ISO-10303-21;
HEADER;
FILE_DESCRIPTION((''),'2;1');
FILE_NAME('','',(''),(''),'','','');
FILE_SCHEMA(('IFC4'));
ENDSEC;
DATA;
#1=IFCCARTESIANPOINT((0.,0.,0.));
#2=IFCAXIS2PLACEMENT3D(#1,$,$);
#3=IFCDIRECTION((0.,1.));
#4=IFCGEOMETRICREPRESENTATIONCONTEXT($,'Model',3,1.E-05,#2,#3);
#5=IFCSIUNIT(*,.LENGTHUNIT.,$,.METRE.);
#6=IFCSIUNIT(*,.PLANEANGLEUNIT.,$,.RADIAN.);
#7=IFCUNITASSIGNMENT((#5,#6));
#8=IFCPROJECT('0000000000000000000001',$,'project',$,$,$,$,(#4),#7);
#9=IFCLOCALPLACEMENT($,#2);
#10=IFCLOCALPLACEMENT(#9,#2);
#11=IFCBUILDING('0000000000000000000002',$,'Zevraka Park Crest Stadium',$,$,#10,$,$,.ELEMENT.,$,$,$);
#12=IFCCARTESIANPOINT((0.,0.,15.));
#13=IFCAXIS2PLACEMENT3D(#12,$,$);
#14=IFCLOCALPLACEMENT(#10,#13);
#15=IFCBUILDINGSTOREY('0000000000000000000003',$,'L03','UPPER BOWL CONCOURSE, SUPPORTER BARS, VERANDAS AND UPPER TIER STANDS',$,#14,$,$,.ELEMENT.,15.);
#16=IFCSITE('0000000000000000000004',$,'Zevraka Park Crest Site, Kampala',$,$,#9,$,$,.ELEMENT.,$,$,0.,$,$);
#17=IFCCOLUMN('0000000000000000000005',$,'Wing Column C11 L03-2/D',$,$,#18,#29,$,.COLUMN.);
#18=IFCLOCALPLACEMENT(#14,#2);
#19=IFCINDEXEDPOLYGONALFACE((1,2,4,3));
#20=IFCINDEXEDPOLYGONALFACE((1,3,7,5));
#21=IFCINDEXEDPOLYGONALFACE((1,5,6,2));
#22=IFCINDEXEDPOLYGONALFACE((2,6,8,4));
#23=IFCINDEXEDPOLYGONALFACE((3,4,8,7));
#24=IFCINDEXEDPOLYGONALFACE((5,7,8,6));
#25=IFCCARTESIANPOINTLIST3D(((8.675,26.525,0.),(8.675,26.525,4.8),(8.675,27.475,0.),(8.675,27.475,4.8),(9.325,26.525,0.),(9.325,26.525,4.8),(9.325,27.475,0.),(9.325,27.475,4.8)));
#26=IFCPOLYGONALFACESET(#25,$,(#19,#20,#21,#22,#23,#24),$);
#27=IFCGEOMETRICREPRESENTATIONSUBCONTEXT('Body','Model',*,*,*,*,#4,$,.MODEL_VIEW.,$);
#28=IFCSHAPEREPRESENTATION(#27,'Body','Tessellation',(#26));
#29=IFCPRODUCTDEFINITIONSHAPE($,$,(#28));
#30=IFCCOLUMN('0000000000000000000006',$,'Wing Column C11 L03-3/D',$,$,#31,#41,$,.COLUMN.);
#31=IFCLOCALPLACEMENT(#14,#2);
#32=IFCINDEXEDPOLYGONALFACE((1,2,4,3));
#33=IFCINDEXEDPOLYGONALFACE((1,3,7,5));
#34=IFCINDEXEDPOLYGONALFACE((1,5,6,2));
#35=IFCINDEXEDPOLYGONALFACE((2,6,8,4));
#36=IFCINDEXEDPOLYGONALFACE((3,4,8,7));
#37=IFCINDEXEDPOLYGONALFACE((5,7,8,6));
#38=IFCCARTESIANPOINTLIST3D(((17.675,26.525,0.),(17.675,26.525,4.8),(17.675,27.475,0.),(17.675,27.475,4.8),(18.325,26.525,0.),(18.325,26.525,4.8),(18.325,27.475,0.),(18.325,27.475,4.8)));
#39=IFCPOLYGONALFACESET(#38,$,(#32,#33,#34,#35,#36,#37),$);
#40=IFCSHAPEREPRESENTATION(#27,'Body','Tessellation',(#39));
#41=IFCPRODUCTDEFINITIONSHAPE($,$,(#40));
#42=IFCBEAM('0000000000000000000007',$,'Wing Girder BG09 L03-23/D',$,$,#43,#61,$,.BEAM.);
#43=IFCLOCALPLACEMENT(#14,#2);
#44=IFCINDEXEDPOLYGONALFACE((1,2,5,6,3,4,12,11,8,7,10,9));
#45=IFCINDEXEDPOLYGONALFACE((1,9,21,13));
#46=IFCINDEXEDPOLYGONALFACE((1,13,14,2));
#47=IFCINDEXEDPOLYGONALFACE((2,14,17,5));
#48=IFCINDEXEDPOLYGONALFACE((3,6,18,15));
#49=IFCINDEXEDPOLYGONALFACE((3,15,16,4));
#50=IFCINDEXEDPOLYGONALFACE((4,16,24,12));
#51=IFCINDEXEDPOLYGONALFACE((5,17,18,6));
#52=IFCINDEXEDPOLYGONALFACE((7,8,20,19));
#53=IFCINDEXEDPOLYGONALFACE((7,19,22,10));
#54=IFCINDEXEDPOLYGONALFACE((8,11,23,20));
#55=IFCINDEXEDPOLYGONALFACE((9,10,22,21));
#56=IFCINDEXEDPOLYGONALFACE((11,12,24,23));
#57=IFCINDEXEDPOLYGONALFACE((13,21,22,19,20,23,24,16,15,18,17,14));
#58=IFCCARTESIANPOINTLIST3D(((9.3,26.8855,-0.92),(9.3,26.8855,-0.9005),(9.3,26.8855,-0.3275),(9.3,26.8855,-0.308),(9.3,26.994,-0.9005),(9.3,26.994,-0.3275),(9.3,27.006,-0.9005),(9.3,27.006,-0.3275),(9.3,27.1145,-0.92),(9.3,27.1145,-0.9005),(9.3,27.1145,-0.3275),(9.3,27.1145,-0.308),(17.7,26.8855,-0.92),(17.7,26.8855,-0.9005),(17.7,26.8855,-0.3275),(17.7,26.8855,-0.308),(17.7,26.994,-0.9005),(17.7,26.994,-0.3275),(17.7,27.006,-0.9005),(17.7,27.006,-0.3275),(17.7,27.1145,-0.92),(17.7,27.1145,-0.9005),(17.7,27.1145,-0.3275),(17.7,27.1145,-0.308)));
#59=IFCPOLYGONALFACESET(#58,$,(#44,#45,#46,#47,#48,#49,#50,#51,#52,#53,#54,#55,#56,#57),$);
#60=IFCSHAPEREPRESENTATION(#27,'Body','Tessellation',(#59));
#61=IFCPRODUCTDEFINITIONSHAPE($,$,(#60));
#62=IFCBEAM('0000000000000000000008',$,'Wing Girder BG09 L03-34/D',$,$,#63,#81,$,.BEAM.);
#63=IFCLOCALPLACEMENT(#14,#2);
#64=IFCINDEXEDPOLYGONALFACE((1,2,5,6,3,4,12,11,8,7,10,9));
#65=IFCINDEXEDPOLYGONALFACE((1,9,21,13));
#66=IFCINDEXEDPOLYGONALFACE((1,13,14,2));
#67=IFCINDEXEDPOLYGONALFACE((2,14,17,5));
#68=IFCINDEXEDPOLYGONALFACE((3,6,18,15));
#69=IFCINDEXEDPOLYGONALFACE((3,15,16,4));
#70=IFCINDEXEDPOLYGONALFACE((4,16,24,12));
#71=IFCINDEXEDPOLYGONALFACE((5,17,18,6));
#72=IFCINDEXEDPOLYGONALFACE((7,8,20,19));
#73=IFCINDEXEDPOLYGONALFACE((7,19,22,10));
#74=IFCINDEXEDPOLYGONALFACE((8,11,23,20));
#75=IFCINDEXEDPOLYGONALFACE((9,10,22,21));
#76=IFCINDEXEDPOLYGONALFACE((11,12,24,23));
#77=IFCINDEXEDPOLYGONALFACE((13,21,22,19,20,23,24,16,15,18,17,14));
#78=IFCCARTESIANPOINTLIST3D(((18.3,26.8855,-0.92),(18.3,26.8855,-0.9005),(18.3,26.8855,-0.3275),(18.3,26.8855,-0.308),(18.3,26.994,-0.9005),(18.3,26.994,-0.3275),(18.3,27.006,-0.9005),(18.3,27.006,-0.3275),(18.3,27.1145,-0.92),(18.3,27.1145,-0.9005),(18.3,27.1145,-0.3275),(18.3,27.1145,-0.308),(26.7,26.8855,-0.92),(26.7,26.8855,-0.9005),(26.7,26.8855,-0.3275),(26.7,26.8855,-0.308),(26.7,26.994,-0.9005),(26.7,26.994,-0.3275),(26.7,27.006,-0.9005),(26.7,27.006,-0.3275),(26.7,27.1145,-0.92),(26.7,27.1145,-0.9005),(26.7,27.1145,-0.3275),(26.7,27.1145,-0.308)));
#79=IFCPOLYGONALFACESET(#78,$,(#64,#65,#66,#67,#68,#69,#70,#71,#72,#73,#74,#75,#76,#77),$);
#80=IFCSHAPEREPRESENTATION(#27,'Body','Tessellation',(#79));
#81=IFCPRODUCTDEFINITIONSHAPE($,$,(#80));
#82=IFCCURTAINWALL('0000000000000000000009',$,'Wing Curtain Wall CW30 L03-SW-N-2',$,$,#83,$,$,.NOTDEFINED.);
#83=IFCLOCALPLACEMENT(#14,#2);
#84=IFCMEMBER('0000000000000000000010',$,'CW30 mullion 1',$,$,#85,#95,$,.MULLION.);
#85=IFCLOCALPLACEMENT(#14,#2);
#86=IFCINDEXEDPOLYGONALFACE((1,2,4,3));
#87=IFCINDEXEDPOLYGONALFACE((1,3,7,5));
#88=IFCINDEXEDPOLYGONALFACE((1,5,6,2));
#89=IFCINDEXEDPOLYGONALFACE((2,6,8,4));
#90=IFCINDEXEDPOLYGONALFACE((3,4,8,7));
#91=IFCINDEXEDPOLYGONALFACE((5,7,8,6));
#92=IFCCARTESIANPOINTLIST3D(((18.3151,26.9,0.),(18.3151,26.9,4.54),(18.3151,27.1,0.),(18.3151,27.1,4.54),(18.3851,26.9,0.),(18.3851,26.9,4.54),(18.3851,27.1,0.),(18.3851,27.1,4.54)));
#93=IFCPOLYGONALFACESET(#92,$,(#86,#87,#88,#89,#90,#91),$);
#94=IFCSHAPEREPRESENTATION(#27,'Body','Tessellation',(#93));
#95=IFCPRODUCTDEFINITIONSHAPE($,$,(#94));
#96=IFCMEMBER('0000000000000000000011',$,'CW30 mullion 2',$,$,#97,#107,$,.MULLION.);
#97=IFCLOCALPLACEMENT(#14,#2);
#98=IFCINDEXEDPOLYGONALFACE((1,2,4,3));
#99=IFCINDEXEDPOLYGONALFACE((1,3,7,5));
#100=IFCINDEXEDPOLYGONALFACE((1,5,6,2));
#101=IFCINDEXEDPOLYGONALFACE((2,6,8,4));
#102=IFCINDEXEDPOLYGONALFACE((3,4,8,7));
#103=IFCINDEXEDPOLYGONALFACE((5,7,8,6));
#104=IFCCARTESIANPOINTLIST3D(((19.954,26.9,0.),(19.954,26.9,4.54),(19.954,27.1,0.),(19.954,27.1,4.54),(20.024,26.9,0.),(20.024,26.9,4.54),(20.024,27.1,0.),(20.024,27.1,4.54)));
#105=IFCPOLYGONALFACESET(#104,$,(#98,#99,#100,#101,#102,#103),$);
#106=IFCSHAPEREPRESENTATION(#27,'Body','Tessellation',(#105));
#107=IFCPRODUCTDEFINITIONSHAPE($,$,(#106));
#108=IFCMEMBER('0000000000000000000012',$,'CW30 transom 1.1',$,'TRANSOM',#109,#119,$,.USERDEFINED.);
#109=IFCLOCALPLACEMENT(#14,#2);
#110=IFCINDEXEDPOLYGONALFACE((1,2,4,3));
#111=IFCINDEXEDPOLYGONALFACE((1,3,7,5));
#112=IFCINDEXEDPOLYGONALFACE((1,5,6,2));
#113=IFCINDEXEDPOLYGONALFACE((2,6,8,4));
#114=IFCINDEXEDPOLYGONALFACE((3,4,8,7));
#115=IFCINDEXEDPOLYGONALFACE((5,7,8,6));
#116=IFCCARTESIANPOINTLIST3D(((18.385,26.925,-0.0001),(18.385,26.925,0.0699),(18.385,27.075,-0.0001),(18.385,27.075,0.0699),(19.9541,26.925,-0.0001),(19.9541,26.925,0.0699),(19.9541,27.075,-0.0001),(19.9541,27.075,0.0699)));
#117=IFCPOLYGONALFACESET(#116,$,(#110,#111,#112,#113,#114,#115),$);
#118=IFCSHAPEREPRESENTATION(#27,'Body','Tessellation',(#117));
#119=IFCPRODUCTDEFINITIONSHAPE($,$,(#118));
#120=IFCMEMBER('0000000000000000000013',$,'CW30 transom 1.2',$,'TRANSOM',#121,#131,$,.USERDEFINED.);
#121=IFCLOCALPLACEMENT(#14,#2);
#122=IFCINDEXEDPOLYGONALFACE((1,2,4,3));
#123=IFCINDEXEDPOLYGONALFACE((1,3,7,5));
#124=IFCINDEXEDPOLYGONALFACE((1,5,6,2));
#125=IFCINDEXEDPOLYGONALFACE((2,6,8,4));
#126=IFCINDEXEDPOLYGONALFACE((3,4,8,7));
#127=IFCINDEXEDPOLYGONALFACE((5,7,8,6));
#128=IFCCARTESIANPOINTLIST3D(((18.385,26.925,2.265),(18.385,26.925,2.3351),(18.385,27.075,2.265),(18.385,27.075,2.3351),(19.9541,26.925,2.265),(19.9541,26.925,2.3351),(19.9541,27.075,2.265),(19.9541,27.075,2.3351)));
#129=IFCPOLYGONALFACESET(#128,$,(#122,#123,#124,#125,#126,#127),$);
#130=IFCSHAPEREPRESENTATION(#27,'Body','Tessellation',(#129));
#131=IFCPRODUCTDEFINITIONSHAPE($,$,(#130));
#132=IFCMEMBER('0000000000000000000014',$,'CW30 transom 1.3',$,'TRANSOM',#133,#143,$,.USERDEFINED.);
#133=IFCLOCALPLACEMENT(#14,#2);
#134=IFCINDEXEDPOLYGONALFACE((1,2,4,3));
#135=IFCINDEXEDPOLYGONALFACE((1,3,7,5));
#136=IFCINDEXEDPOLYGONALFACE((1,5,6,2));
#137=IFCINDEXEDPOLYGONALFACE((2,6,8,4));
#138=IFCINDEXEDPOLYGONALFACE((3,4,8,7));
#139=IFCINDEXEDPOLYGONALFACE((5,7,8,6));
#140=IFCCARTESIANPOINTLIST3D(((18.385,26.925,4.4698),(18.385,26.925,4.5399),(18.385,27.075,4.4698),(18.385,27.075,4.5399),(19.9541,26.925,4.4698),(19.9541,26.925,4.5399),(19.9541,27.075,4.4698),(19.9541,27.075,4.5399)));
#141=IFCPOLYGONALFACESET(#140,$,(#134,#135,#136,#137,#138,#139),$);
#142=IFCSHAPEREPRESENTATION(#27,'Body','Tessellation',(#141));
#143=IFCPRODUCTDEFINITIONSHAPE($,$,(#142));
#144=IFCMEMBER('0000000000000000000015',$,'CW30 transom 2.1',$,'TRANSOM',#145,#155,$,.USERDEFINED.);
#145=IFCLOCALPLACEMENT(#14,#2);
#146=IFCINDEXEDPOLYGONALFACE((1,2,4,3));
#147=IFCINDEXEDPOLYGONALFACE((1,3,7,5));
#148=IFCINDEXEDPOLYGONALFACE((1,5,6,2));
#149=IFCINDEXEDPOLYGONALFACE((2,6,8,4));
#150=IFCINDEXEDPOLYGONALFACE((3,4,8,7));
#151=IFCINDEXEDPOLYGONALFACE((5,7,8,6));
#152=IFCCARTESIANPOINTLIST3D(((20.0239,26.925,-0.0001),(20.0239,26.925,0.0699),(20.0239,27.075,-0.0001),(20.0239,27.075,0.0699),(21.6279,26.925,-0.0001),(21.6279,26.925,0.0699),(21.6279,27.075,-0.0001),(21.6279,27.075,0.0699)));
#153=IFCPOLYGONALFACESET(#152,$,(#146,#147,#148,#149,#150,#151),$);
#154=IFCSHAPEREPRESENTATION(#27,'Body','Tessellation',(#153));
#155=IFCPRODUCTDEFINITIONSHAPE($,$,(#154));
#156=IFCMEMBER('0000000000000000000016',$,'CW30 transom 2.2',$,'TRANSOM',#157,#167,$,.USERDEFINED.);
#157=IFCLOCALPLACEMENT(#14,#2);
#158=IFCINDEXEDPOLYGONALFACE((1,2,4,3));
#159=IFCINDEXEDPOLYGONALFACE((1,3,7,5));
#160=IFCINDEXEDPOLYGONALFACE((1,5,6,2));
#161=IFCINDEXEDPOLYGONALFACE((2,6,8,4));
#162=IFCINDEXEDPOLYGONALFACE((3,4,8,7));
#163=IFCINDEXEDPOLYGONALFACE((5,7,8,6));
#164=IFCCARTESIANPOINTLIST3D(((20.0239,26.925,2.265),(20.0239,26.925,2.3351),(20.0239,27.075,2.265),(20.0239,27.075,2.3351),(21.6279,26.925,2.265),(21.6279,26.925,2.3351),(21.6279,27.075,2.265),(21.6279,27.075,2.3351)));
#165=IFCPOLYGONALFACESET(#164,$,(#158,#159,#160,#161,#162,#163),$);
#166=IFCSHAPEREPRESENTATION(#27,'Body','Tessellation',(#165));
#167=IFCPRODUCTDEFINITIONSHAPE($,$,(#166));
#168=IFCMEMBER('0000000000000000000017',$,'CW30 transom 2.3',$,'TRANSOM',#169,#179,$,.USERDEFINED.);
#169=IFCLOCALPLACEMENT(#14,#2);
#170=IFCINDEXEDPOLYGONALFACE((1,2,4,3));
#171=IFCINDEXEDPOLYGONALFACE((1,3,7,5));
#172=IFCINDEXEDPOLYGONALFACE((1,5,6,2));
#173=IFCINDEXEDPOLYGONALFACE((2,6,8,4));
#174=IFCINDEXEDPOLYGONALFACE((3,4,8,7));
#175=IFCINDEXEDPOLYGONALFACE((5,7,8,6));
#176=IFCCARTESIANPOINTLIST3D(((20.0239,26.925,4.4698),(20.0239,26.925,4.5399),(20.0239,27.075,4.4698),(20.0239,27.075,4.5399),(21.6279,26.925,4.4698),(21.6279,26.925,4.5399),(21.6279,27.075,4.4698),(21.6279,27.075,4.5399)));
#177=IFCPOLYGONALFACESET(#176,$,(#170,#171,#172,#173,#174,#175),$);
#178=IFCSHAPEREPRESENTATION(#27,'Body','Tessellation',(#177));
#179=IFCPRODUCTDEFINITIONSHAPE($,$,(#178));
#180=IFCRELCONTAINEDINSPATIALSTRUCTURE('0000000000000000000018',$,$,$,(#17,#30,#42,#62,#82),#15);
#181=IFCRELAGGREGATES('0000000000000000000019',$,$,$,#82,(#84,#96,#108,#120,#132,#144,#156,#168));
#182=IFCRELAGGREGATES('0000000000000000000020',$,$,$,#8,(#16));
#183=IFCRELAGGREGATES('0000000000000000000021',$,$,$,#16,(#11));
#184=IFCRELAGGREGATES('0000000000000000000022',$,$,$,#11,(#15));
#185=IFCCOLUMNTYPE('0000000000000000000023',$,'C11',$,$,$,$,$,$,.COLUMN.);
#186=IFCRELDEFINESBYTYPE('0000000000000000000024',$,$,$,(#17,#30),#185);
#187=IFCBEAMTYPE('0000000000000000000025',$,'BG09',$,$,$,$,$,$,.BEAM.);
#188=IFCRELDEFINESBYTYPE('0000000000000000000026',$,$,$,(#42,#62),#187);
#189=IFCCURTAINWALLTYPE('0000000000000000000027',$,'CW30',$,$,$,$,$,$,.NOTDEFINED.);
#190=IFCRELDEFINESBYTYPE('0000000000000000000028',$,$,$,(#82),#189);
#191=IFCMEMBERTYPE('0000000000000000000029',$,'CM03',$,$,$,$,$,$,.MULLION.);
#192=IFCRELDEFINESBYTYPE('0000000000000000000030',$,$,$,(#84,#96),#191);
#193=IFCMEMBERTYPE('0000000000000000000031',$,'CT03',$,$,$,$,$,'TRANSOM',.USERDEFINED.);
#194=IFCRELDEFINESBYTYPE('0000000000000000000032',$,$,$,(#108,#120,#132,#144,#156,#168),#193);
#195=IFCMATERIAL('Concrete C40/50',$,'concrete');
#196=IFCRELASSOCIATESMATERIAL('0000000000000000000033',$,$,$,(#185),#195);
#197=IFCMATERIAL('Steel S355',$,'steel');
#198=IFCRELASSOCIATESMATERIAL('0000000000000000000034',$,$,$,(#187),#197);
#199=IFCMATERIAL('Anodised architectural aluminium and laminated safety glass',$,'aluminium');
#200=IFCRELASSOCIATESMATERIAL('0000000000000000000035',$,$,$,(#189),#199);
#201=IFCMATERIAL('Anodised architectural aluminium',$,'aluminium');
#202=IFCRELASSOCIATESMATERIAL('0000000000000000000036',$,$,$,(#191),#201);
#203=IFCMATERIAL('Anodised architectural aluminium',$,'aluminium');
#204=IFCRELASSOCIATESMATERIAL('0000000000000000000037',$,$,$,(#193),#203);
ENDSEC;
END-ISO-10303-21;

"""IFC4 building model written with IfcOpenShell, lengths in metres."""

from ifc_helpers import new_model, si_unit, direction, frame, origin, origin_2d, place, context, subcontext, project, spatial, rectangle, i_section, extrude, material, material_profile, profile_set, type_object, element, aggregate, save


model = new_model("IFC4")

# Units and contexts
model_context = context("Model", 3, precision=1e-05, world=origin(), true_north=direction((0.0, 1.0)))
body_context = subcontext(model_context, "Body", "Model", "MODEL_VIEW")
ifc_project = project(units=[si_unit("LENGTHUNIT", "METRE"), si_unit("PLANEANGLEUNIT", "RADIAN")], contexts=[model_context])

# Site, building, storey
site_placement = place(None, origin())
site = spatial("IfcSite", under=ifc_project, at=site_placement, Name="Zevraka Park Crest Site, Kampala", CompositionType="ELEMENT", RefElevation=0.0)
building_placement = place(site_placement, origin())
building = spatial("IfcBuilding", under=site, at=building_placement, Name="Zevraka Park Crest Stadium", CompositionType="ELEMENT")
storey_placement = place(building_placement, frame((0.0, 0.0, 15.0)))
storey = spatial("IfcBuildingStorey", under=building, at=storey_placement, Name="L03", Description="UPPER BOWL CONCOURSE, SUPPORTER BARS, VERANDAS AND UPPER TIER STANDS", CompositionType="ELEMENT", Elevation=15.0)

# Columns
ifc_material_1 = material(Name="Concrete C40/50", Category="concrete")
ifc_material_profile_1 = material_profile(ifc_material_1, rectangle(XDim=0.6499, YDim=0.95, at=origin_2d()), Name="RC 950x650")
ifc_profile_set_1 = profile_set([ifc_material_profile_1], Name="Concrete C40/50")
column_type = type_object("IfcColumnType", Name="C11", PredefinedType="COLUMN", material=ifc_profile_set_1)
for number, where, z_axis, x_axis, name in (
    (1, (9.0, 27.0, 0.0), (0.0, 0.0, 1.0), (1.0, 0.0, 0.0), "Wing Column C11 L03-2/D"),
    (2, (18.0, 27.0, 0.0), (0.0, 0.0, 1.0), (1.0, 0.0, 0.0), "Wing Column C11 L03-3/D"),
):
    element("IfcColumn", number, at=place(storey_placement, frame(where, z_axis=z_axis, x_axis=x_axis)), inside=storey, type_object=column_type, Name=name, PredefinedType="COLUMN", context=body_context, shape_type="SweptSolid", body=[
        extrude(rectangle(XDim=0.6499, YDim=0.95, at=origin_2d()), origin(), (0.0, 0.0, 1.0), 4.8),
    ])

# Beams
ifc_material_2 = material(Name="Steel S355", Category="steel")
ifc_material_profile_2 = material_profile(ifc_material_2, i_section(OverallWidth=0.229, OverallDepth=0.6121, WebThickness=0.012, FlangeThickness=0.0195, at=origin_2d()), Name="UKB 610x229x125")
ifc_profile_set_2 = profile_set([ifc_material_profile_2], Name="Steel S355")
beam_type_1 = type_object("IfcBeamType", Name="BG09", PredefinedType="BEAM", material=ifc_profile_set_2)
for number, where, z_axis, x_axis, name in (
    (3, (9.3, 27.0, -0.614), (1.0, 0.0, 0.0), (0.0, 1.0, 0.0), "Wing Girder BG09 L03-23/D"),
    (4, (18.3, 27.0, -0.614), (1.0, 0.0, 0.0), (0.0, 1.0, 0.0), "Wing Girder BG09 L03-34/D"),
):
    element("IfcBeam", number, at=place(storey_placement, frame(where, z_axis=z_axis, x_axis=x_axis)), inside=storey, type_object=beam_type_1, Name=name, PredefinedType="BEAM", context=body_context, shape_type="SweptSolid", body=[
        extrude(i_section(OverallWidth=0.229, OverallDepth=0.6121, WebThickness=0.012, FlangeThickness=0.0195, at=origin_2d()), origin(), (0.0, 0.0, 1.0), 8.3999),
    ])

# Curtain wall, members
ifc_material_3 = material(Name="Anodised architectural aluminium and laminated safety glass", Category="aluminium")
curtain_wall_type = type_object("IfcCurtainWallType", Name="CW30", PredefinedType="NOTDEFINED", material=ifc_material_3)
curtain_wall_placement = place(storey_placement, origin())
curtain_wall = element("IfcCurtainWall", 5, at=curtain_wall_placement, inside=storey, type_object=curtain_wall_type, Name="Wing Curtain Wall CW30 L03-SW-N-2", PredefinedType="NOTDEFINED")
ifc_material_4 = material(Name="Anodised architectural aluminium", Category="aluminium")
ifc_material_profile_3 = material_profile(ifc_material_4, rectangle(XDim=0.2, YDim=0.0701, at=origin_2d()), Name="ALU MULLION 200x70")
ifc_profile_set_3 = profile_set([ifc_material_profile_3], Name="Anodised architectural aluminium")
member_type_1 = type_object("IfcMemberType", Name="CM03", PredefinedType="MULLION", material=ifc_profile_set_3)
member_1_placement = place(storey_placement, frame((18.3501, 27.0, 0.0), z_axis=(0.0, 0.0, 1.0), x_axis=(0.0, 1.0, 0.0)))
member_1 = element("IfcMember", 6, at=member_1_placement, type_object=member_type_1, Name="CW30 mullion 1", PredefinedType="MULLION", context=body_context, shape_type="SweptSolid", body=[
    extrude(rectangle(XDim=0.2, YDim=0.0701, at=origin_2d()), origin(), (0.0, 0.0, 1.0), 4.54),
])
member_2_placement = place(storey_placement, frame((19.989, 27.0, 0.0), z_axis=(0.0, 0.0, 1.0), x_axis=(0.0, 1.0, 0.0)))
member_2 = element("IfcMember", 7, at=member_2_placement, type_object=member_type_1, Name="CW30 mullion 2", PredefinedType="MULLION", context=body_context, shape_type="SweptSolid", body=[
    extrude(rectangle(XDim=0.2, YDim=0.0701, at=origin_2d()), origin(), (0.0, 0.0, 1.0), 4.54),
])
ifc_material_5 = material(Name="Anodised architectural aluminium", Category="aluminium")
ifc_material_profile_4 = material_profile(ifc_material_5, rectangle(XDim=0.1499, YDim=0.0701, at=origin_2d()), Name="ALU TRANSOM 150x70")
ifc_profile_set_4 = profile_set([ifc_material_profile_4], Name="Anodised architectural aluminium")
member_type_2 = type_object("IfcMemberType", Name="CT03", ElementType="TRANSOM", PredefinedType="USERDEFINED", material=ifc_profile_set_4)
member_3_placement = place(storey_placement, frame((18.385, 27.0, 0.0349), z_axis=(1.0, 0.0, 0.0), x_axis=(0.0, 1.0, 0.0)))
member_3 = element("IfcMember", 8, at=member_3_placement, type_object=member_type_2, Name="CW30 transom 1.1", ObjectType="TRANSOM", PredefinedType="USERDEFINED", context=body_context, shape_type="SweptSolid", body=[
    extrude(rectangle(XDim=0.1499, YDim=0.0701, at=origin_2d()), origin(), (0.0, 0.0, 1.0), 1.5691),
])
member_4_placement = place(storey_placement, frame((18.385, 27.0, 2.3), z_axis=(1.0, 0.0, 0.0), x_axis=(0.0, 1.0, 0.0)))
member_4 = element("IfcMember", 9, at=member_4_placement, type_object=member_type_2, Name="CW30 transom 1.2", ObjectType="TRANSOM", PredefinedType="USERDEFINED", context=body_context, shape_type="SweptSolid", body=[
    extrude(rectangle(XDim=0.1499, YDim=0.0701, at=origin_2d()), origin(), (0.0, 0.0, 1.0), 1.5691),
])
member_5_placement = place(storey_placement, frame((18.385, 27.0, 4.5049), z_axis=(1.0, 0.0, 0.0), x_axis=(0.0, 1.0, 0.0)))
member_5 = element("IfcMember", 10, at=member_5_placement, type_object=member_type_2, Name="CW30 transom 1.3", ObjectType="TRANSOM", PredefinedType="USERDEFINED", context=body_context, shape_type="SweptSolid", body=[
    extrude(rectangle(XDim=0.1499, YDim=0.0701, at=origin_2d()), origin(), (0.0, 0.0, 1.0), 1.5691),
])
member_6_placement = place(storey_placement, frame((20.0239, 27.0, 0.0349), z_axis=(1.0, 0.0, 0.0), x_axis=(0.0, 1.0, 0.0)))
member_6 = element("IfcMember", 11, at=member_6_placement, type_object=member_type_2, Name="CW30 transom 2.1", ObjectType="TRANSOM", PredefinedType="USERDEFINED", context=body_context, shape_type="SweptSolid", body=[
    extrude(rectangle(XDim=0.1499, YDim=0.0701, at=origin_2d()), origin(), (0.0, 0.0, 1.0), 1.604),
])
member_7_placement = place(storey_placement, frame((20.0239, 27.0, 2.3), z_axis=(1.0, 0.0, 0.0), x_axis=(0.0, 1.0, 0.0)))
member_7 = element("IfcMember", 12, at=member_7_placement, type_object=member_type_2, Name="CW30 transom 2.2", ObjectType="TRANSOM", PredefinedType="USERDEFINED", context=body_context, shape_type="SweptSolid", body=[
    extrude(rectangle(XDim=0.1499, YDim=0.0701, at=origin_2d()), origin(), (0.0, 0.0, 1.0), 1.604),
])
member_8_placement = place(storey_placement, frame((20.0239, 27.0, 4.5049), z_axis=(1.0, 0.0, 0.0), x_axis=(0.0, 1.0, 0.0)))
member_8 = element("IfcMember", 13, at=member_8_placement, type_object=member_type_2, Name="CW30 transom 2.3", ObjectType="TRANSOM", PredefinedType="USERDEFINED", context=body_context, shape_type="SweptSolid", body=[
    extrude(rectangle(XDim=0.1499, YDim=0.0701, at=origin_2d()), origin(), (0.0, 0.0, 1.0), 1.604),
])

aggregate(curtain_wall, [member_1, member_2, member_3, member_4, member_5, member_6, member_7, member_8])

save(model, "model.ifc")
